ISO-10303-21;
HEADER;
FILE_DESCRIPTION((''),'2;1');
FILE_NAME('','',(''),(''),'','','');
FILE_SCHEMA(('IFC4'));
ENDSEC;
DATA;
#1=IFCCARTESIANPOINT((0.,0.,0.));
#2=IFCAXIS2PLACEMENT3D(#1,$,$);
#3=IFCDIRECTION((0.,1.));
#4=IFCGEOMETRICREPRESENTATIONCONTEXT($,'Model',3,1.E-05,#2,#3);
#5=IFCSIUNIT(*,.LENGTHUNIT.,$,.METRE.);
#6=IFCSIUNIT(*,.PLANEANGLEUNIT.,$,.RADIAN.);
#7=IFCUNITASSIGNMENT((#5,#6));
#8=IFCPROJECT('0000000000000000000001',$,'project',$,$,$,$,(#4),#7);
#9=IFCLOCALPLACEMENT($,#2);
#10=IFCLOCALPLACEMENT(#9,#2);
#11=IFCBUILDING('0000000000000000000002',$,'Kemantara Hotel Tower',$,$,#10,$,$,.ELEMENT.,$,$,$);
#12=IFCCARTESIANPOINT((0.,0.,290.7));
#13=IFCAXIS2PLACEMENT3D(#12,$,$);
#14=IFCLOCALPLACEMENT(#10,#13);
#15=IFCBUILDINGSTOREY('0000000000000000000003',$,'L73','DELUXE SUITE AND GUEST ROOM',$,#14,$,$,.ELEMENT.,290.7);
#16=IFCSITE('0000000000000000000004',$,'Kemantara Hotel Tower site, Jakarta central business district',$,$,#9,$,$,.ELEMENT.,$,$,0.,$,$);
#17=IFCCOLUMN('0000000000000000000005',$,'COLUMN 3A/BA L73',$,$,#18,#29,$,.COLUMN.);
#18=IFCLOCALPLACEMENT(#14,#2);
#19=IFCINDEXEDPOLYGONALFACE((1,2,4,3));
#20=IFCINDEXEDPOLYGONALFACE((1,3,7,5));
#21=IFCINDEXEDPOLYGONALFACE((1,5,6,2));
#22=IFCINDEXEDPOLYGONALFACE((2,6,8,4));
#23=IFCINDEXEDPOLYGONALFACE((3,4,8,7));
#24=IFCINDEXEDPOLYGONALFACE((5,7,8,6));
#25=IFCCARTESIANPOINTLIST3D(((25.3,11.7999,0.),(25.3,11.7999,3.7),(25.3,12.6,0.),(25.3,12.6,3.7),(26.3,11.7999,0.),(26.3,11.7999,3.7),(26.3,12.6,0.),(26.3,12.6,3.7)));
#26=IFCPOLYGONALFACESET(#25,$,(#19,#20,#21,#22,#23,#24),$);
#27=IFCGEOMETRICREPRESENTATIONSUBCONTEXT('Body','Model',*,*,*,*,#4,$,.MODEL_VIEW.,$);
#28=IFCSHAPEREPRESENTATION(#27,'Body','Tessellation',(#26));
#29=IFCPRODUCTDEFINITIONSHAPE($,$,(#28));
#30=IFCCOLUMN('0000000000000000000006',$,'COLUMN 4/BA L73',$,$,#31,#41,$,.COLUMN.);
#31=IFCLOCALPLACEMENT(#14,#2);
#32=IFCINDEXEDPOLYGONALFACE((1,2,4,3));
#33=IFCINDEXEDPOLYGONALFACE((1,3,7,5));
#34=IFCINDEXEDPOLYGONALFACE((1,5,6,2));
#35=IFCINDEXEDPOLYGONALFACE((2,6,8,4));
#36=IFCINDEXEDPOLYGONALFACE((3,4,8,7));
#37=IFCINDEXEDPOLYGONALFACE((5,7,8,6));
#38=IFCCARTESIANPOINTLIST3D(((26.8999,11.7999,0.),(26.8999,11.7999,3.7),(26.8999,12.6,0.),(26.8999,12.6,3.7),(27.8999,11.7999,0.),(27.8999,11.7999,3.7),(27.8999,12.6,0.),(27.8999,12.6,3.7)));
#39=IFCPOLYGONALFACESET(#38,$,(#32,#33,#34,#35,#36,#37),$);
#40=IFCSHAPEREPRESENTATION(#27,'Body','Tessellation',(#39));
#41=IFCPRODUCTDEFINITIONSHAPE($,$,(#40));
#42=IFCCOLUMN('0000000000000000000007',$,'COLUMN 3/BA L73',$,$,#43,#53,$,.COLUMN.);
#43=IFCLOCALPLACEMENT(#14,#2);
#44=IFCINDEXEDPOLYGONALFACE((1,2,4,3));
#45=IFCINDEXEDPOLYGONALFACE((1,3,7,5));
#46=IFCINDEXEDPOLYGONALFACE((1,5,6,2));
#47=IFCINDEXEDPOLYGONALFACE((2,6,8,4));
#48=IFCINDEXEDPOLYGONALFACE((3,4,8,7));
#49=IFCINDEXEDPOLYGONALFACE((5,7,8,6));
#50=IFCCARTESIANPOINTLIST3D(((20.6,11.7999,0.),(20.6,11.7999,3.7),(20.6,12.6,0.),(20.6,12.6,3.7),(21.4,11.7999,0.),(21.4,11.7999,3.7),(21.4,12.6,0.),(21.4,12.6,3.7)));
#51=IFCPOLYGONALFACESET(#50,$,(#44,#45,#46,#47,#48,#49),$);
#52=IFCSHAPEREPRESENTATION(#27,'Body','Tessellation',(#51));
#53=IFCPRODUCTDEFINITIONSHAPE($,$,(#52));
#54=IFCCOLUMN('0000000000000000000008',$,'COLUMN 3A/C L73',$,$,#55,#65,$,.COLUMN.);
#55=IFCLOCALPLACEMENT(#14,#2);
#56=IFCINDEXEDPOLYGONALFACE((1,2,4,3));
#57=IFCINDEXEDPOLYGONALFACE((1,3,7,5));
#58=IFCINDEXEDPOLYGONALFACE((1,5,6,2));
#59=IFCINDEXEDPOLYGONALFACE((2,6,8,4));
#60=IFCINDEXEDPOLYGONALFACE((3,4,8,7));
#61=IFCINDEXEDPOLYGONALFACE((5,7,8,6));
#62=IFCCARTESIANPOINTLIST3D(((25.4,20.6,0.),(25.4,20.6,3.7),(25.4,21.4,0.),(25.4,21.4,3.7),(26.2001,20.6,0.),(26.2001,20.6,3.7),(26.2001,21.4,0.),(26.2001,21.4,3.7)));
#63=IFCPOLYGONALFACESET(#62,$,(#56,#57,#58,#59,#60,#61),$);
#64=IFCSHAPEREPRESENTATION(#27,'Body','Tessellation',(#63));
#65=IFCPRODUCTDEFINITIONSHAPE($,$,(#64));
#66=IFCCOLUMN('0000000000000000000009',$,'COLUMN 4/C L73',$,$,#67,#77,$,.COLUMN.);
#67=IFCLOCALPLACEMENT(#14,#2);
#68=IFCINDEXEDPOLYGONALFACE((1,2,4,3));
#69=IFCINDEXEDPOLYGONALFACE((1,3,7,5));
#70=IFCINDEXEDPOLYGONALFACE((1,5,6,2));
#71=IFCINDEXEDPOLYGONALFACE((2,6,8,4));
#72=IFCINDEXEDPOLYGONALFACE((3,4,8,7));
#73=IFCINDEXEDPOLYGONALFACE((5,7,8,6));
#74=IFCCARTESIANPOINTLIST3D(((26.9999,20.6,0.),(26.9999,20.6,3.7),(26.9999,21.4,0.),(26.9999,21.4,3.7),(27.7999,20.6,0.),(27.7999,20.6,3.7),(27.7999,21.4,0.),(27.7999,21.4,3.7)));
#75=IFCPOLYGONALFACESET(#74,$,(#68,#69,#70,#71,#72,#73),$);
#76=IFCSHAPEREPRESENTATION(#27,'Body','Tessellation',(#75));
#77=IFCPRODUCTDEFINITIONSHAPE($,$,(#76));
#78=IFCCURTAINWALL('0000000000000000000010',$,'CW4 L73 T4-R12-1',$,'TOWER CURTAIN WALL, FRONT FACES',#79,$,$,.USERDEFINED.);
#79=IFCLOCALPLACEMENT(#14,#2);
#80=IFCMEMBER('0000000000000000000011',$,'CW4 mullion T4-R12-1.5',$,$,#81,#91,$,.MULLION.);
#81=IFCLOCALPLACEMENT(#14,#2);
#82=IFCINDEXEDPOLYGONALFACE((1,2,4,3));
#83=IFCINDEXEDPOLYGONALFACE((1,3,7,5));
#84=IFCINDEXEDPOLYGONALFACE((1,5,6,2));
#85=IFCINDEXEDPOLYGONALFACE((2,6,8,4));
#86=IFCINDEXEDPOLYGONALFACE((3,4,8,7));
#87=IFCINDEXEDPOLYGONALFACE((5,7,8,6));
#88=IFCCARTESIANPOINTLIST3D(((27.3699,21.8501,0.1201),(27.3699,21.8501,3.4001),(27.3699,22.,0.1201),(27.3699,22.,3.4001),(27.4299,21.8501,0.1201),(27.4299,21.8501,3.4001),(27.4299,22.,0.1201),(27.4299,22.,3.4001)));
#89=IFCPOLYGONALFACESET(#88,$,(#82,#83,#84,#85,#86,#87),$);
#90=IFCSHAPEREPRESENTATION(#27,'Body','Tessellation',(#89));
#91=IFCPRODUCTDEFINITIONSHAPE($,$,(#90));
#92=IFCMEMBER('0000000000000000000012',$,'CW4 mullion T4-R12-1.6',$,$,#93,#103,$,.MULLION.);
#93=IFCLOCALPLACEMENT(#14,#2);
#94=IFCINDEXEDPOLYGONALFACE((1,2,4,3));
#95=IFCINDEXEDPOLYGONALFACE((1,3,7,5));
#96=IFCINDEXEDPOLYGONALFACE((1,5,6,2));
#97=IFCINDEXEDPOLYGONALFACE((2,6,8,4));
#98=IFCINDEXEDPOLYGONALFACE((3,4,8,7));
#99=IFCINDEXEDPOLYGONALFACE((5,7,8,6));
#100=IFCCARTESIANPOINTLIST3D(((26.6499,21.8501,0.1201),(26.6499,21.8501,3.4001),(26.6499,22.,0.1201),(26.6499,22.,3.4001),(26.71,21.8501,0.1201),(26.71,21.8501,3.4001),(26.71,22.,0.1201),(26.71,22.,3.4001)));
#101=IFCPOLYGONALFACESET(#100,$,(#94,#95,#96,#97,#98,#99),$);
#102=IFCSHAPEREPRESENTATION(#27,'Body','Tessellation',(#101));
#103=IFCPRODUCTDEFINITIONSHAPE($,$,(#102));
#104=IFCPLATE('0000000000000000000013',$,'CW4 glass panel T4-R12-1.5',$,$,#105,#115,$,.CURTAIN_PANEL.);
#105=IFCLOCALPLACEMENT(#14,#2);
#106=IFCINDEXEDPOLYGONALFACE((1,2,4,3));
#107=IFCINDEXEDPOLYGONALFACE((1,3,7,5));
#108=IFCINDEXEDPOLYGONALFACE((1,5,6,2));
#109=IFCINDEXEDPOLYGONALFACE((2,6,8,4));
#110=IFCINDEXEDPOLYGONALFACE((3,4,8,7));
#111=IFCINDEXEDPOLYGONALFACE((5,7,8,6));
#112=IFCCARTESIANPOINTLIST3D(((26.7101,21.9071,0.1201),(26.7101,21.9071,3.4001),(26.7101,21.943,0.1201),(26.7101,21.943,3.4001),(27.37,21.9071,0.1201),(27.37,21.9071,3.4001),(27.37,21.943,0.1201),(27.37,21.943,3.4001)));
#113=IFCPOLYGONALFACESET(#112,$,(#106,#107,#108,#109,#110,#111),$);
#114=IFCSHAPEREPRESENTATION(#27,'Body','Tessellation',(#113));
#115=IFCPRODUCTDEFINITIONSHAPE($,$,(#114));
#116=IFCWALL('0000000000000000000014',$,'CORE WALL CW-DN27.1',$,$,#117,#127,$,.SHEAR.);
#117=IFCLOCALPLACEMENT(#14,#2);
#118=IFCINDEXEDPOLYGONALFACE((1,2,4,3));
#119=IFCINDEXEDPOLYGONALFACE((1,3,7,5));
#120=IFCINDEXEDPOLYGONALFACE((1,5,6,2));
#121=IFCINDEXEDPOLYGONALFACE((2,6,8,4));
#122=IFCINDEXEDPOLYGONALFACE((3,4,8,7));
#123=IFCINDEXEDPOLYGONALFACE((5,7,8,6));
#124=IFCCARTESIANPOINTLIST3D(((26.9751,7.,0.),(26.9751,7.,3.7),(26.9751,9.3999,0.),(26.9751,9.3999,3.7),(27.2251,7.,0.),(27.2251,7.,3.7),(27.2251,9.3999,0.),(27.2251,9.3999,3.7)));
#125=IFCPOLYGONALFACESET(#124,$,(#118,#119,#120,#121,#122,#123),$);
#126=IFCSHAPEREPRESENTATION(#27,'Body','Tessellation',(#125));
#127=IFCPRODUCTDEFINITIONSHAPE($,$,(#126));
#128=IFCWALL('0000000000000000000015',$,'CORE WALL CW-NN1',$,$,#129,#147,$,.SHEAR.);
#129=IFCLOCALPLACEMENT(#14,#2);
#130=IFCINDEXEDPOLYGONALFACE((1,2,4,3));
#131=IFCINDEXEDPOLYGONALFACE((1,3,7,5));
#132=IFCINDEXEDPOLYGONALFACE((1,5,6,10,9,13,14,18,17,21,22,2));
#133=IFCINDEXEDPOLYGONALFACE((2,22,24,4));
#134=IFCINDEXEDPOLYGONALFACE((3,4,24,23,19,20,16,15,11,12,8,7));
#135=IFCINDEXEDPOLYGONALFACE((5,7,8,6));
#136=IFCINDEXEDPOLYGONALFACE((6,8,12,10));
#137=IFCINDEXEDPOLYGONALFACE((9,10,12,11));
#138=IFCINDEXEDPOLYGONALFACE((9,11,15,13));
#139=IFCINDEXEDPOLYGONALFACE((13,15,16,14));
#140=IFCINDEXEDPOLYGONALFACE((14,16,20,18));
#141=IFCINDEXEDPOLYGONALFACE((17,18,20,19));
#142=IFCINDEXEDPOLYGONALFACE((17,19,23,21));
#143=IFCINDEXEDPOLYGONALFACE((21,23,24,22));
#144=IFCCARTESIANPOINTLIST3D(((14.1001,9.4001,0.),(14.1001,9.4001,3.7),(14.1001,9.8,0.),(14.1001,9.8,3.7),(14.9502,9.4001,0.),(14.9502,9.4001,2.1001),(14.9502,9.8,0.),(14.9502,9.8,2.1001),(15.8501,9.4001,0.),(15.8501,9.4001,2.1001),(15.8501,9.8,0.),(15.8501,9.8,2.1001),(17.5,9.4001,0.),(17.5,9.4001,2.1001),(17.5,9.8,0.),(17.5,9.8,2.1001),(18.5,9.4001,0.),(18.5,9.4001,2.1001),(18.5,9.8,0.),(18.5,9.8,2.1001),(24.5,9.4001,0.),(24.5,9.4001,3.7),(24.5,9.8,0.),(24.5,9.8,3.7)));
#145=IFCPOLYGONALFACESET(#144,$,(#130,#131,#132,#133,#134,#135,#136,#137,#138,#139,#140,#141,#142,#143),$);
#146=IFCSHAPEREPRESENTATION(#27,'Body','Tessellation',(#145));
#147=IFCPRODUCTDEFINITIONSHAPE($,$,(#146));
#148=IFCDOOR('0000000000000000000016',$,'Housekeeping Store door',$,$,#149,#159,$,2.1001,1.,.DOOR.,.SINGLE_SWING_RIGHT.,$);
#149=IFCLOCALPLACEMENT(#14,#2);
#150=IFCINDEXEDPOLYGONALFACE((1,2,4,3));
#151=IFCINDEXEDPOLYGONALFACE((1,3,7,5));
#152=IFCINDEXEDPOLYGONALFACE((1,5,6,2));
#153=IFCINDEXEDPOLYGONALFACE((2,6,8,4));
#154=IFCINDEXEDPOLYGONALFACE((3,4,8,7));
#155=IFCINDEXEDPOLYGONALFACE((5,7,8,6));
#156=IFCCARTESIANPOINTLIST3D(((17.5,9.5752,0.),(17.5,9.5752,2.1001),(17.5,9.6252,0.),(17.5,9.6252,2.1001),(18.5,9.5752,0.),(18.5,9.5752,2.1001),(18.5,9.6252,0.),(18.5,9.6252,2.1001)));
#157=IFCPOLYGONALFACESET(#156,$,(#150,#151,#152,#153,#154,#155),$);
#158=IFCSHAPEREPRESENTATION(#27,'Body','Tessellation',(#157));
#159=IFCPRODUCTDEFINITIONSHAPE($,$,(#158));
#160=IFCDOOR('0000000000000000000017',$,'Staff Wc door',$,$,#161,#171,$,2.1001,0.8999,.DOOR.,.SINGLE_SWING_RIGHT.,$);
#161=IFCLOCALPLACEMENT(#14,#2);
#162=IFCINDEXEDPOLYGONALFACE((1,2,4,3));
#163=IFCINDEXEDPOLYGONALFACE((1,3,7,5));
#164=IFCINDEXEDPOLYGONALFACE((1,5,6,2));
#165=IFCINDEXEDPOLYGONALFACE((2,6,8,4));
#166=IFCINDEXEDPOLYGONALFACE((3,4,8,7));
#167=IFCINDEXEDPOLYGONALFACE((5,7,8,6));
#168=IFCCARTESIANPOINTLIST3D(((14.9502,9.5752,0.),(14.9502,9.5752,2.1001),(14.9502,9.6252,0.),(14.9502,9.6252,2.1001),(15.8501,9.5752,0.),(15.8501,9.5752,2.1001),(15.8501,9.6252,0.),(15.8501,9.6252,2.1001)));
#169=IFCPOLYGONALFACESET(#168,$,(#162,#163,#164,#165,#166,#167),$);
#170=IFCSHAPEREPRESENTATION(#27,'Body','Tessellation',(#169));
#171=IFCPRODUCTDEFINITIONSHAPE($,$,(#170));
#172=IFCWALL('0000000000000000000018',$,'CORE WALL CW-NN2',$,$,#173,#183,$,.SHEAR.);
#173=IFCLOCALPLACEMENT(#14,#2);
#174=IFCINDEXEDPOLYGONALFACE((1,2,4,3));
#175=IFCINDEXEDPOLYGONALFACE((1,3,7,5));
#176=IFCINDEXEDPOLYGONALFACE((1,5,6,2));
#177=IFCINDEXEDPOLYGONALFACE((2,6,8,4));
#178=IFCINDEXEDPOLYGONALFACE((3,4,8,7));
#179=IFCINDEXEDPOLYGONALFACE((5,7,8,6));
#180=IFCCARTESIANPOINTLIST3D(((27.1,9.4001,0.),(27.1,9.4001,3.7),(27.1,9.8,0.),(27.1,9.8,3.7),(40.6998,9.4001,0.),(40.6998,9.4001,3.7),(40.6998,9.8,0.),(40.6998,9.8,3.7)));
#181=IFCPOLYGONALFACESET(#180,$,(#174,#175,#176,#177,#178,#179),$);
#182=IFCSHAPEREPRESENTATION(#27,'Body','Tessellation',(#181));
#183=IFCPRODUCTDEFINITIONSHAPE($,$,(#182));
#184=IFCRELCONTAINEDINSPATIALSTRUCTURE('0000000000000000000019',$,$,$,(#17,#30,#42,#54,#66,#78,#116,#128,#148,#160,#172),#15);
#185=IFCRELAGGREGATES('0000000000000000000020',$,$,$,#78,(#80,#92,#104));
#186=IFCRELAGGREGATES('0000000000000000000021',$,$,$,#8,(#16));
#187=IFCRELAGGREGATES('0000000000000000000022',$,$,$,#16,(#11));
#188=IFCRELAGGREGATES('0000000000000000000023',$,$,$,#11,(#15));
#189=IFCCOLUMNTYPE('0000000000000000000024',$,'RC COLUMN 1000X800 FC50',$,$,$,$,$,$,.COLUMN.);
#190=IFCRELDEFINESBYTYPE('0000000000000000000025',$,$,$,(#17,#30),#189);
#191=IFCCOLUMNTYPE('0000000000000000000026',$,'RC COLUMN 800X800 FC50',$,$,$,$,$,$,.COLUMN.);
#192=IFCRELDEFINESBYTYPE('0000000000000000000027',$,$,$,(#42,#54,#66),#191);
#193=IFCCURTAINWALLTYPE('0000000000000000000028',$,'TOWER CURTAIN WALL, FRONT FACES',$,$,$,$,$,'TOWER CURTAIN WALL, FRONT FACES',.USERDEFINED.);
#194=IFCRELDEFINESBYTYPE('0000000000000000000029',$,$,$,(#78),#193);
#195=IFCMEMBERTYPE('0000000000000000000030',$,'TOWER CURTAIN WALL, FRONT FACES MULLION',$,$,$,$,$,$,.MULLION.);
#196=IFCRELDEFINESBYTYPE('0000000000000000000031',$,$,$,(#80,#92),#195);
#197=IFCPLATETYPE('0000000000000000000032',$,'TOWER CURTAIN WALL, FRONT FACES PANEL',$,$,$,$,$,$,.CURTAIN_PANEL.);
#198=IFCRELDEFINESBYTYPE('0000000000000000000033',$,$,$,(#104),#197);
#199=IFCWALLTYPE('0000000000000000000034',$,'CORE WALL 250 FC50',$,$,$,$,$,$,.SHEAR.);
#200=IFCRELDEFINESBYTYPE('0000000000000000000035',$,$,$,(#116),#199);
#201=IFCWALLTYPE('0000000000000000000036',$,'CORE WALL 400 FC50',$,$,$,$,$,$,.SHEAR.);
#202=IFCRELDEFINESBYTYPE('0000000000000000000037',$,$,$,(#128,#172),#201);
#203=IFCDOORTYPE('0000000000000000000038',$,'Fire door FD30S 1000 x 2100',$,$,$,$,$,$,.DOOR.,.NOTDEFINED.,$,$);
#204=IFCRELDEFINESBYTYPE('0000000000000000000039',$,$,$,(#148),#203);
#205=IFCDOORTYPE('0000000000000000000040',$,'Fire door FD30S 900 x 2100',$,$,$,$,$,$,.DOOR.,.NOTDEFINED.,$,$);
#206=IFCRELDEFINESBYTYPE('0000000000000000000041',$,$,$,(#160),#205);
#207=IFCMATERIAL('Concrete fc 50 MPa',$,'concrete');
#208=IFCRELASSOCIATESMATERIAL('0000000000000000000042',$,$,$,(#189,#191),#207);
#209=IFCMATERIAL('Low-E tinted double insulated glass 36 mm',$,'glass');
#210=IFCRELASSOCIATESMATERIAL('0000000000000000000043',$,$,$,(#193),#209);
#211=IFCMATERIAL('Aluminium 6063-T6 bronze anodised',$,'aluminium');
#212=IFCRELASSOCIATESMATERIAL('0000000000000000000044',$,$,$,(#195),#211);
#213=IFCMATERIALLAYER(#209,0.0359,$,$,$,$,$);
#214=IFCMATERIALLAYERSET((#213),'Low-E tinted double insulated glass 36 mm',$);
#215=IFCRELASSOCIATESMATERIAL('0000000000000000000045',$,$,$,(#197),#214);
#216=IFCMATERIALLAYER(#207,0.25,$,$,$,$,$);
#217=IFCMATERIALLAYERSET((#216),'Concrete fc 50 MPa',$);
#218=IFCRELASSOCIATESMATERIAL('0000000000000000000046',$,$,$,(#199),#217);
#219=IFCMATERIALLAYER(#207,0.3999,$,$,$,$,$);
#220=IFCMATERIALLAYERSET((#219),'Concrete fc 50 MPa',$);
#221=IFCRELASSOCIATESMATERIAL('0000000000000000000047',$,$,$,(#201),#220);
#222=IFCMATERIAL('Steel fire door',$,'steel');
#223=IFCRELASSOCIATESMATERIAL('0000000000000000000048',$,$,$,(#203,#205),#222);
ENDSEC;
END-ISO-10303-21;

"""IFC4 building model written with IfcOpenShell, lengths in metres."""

from ifc_helpers import new_model, si_unit, direction, frame, frame_2d, origin, origin_2d, place, context, subcontext, project, spatial, rectangle, extrude, source, transform, mapped, material, layer, layer_set, material_profile, profile_set, type_object, element, fill, aggregate, save


model = new_model("IFC4")

# Units and contexts
model_context = context("Model", 3, precision=1e-05, world=origin(), true_north=direction((0.0, 1.0)))
body_context = subcontext(model_context, "Body", "Model", "MODEL_VIEW")
ifc_project = project(units=[si_unit("LENGTHUNIT", "METRE"), si_unit("PLANEANGLEUNIT", "RADIAN")], contexts=[model_context])

# Site, building, storey
site_placement = place(None, origin())
site = spatial("IfcSite", under=ifc_project, at=site_placement, Name="Kemantara Hotel Tower site, Jakarta central business district", CompositionType="ELEMENT", RefElevation=0.0)
building_placement = place(site_placement, origin())
building = spatial("IfcBuilding", under=site, at=building_placement, Name="Kemantara Hotel Tower", CompositionType="ELEMENT")
storey_placement = place(building_placement, frame((0.0, 0.0, 290.7)))
storey = spatial("IfcBuildingStorey", under=building, at=storey_placement, Name="L73", Description="DELUXE SUITE AND GUEST ROOM", CompositionType="ELEMENT", Elevation=290.7)

# Columns
ifc_material_1 = material(Name="Concrete fc 50 MPa", Category="concrete")
ifc_material_profile_1 = material_profile(ifc_material_1, rectangle(XDim=1.0, YDim=0.8, at=origin_2d()), Name="RC 1000X800")
ifc_profile_set_1 = profile_set([ifc_material_profile_1], Name="Concrete fc 50 MPa")
column_type_1 = type_object("IfcColumnType", Name="RC COLUMN 1000X800 FC50", PredefinedType="COLUMN", material=ifc_profile_set_1)
for number, where, z_axis, x_axis, name in (
    (1, (25.8, 12.2, 0.0), (0.0, 0.0, 1.0), (1.0, 0.0, 0.0), "COLUMN 3A/BA L73"),
    (2, (27.3999, 12.2, 0.0), (0.0, 0.0, 1.0), (1.0, 0.0, 0.0), "COLUMN 4/BA L73"),
):
    element("IfcColumn", number, at=place(storey_placement, frame(where, z_axis=z_axis, x_axis=x_axis)), inside=storey, type_object=column_type_1, Name=name, PredefinedType="COLUMN", context=body_context, shape_type="SweptSolid", body=[
        extrude(rectangle(XDim=1.0, YDim=0.8, at=origin_2d()), origin(), (0.0, 0.0, 1.0), 3.7),
    ])
ifc_material_profile_2 = material_profile(ifc_material_1, rectangle(XDim=0.8, YDim=0.8, at=origin_2d()), Name="RC 800X800")
ifc_profile_set_2 = profile_set([ifc_material_profile_2], Name="Concrete fc 50 MPa")
column_type_2 = type_object("IfcColumnType", Name="RC COLUMN 800X800 FC50", PredefinedType="COLUMN", material=ifc_profile_set_2)
for number, where, z_axis, x_axis, name in (
    (3, (21.0, 12.2, 0.0), (0.0, 0.0, 1.0), (1.0, 0.0, 0.0), "COLUMN 3/BA L73"),
    (4, (25.8, 21.0, 0.0), (0.0, 0.0, 1.0), (1.0, 0.0, 0.0), "COLUMN 3A/C L73"),
    (5, (27.3999, 21.0, 0.0), (0.0, 0.0, 1.0), (1.0, 0.0, 0.0), "COLUMN 4/C L73"),
):
    element("IfcColumn", number, at=place(storey_placement, frame(where, z_axis=z_axis, x_axis=x_axis)), inside=storey, type_object=column_type_2, Name=name, PredefinedType="COLUMN", context=body_context, shape_type="SweptSolid", body=[
        extrude(rectangle(XDim=0.8, YDim=0.8, at=origin_2d()), origin(), (0.0, 0.0, 1.0), 3.7),
    ])

# Curtain wall, members, plate
ifc_material_2 = material(Name="Low-E tinted double insulated glass 36 mm", Category="glass")
curtain_wall_type = type_object("IfcCurtainWallType", Name="TOWER CURTAIN WALL, FRONT FACES", ElementType="TOWER CURTAIN WALL, FRONT FACES", PredefinedType="USERDEFINED", material=ifc_material_2)
curtain_wall_placement = place(storey_placement, origin())
curtain_wall = element("IfcCurtainWall", 6, at=curtain_wall_placement, inside=storey, type_object=curtain_wall_type, Name="CW4 L73 T4-R12-1", ObjectType="TOWER CURTAIN WALL, FRONT FACES", PredefinedType="USERDEFINED")
ifc_material_3 = material(Name="Aluminium 6063-T6 bronze anodised", Category="aluminium")
ifc_material_profile_3 = material_profile(ifc_material_3, rectangle(XDim=0.1499, YDim=0.0601, at=origin_2d()), Name="TOWER CURTAIN WALL, FRONT FACES MULLION")
ifc_profile_set_3 = profile_set([ifc_material_profile_3], Name="Aluminium 6063-T6 bronze anodised")
member_type = type_object("IfcMemberType", Name="TOWER CURTAIN WALL, FRONT FACES MULLION", PredefinedType="MULLION", material=ifc_profile_set_3)
shared_shape_1 = source(origin(), body_context, "Body", "SweptSolid", [
    extrude(rectangle(XDim=0.1499, YDim=0.0601, at=origin_2d()), origin(), (0.0, 0.0, 1.0), 3.28),
])
member_1_placement = place(storey_placement, frame((27.3999, 21.925, 0.1201), z_axis=(0.0, 0.0, 1.0), x_axis=(0.0, -1.0, 0.0)))
member_1 = element("IfcMember", 7, at=member_1_placement, type_object=member_type, Name="CW4 mullion T4-R12-1.5", PredefinedType="MULLION", context=body_context, shape_type="MappedRepresentation", body=[
    mapped(shared_shape_1, transform((0.0, 0.0, 0.0))),
])
member_2_placement = place(storey_placement, frame((26.6799, 21.925, 0.1201), z_axis=(0.0, 0.0, 1.0), x_axis=(0.0, -1.0, 0.0)))
member_2 = element("IfcMember", 8, at=member_2_placement, type_object=member_type, Name="CW4 mullion T4-R12-1.6", PredefinedType="MULLION", context=body_context, shape_type="MappedRepresentation", body=[
    mapped(shared_shape_1, transform((0.0, 0.0, 0.0))),
])
ifc_layer_1 = layer(ifc_material_2, 0.0359)
ifc_layer_set_1 = layer_set([ifc_layer_1], Name="Low-E tinted double insulated glass 36 mm")
plate_type = type_object("IfcPlateType", Name="TOWER CURTAIN WALL, FRONT FACES PANEL", PredefinedType="CURTAIN_PANEL", material=ifc_layer_set_1)
shared_shape_2 = source(origin(), body_context, "Body", "SweptSolid", [
    extrude(rectangle(XDim=0.6599, YDim=0.0359, at=origin_2d()), origin(), (0.0, 0.0, 1.0), 3.28),
])
plate_placement = place(storey_placement, frame((27.04, 21.925, 0.1201), z_axis=(0.0, 0.0, 1.0), x_axis=(-1.0, 0.0, 0.0)))
plate = element("IfcPlate", 9, at=plate_placement, type_object=plate_type, Name="CW4 glass panel T4-R12-1.5", PredefinedType="CURTAIN_PANEL", context=body_context, shape_type="MappedRepresentation", body=[
    mapped(shared_shape_2, transform((0.0, 0.0, 0.0))),
])
aggregate(curtain_wall, [member_1, member_2, plate])

# Wall
ifc_layer_2 = layer(ifc_material_1, 0.25)
ifc_layer_set_2 = layer_set([ifc_layer_2], Name="Concrete fc 50 MPa")
wall_type_1 = type_object("IfcWallType", Name="CORE WALL 250 FC50", PredefinedType="SHEAR", material=ifc_layer_set_2)
wall_1_placement = place(storey_placement, frame((27.1001, 7.0, 0.0), z_axis=(0.0, 0.0, 1.0), x_axis=(0.0, 1.0, 0.0)))
element("IfcWall", 10, at=wall_1_placement, inside=storey, type_object=wall_type_1, Name="CORE WALL CW-DN27.1", PredefinedType="SHEAR", context=body_context, shape_type="SweptSolid", body=[
    extrude(rectangle(XDim=2.3999, YDim=0.25, at=frame_2d((1.2, 0.0))), origin(), (0.0, 0.0, 1.0), 3.7),
])

# Wall, openings, doors
ifc_layer_3 = layer(ifc_material_1, 0.3999)
ifc_layer_set_3 = layer_set([ifc_layer_3], Name="Concrete fc 50 MPa")
wall_type_2 = type_object("IfcWallType", Name="CORE WALL 400 FC50", PredefinedType="SHEAR", material=ifc_layer_set_3)
wall_2_placement = place(storey_placement, frame((14.1001, 9.6001, 0.0), z_axis=(0.0, 0.0, 1.0), x_axis=(1.0, 0.0, 0.0)))
wall_2 = element("IfcWall", 11, at=wall_2_placement, inside=storey, type_object=wall_type_2, Name="CORE WALL CW-NN1", PredefinedType="SHEAR", context=body_context, shape_type="SweptSolid", body=[
    extrude(rectangle(XDim=10.3999, YDim=0.3999, at=frame_2d((5.2, 0.0))), origin(), (0.0, 0.0, 1.0), 3.7),
])
opening_1_placement = place(wall_2_placement, frame((0.8501, 0.0, 0.0)))
opening_1 = element("IfcOpeningElement", 12, at=opening_1_placement, cuts=wall_2, PredefinedType="OPENING", context=body_context, shape_type="SweptSolid", body=[
    extrude(rectangle(XDim=0.8999, YDim=2.1001, at=frame_2d((0.45, 1.05))), frame((0.0, 0.21, 0.0), z_axis=(0.0, -1.0, 0.0), x_axis=(1.0, 0.0, 0.0)), (0.0, 0.0, 1.0), 0.4199),
])
opening_2_placement = place(wall_2_placement, frame((3.3999, 0.0, 0.0)))
opening_2 = element("IfcOpeningElement", 13, at=opening_2_placement, cuts=wall_2, PredefinedType="OPENING", context=body_context, shape_type="SweptSolid", body=[
    extrude(rectangle(XDim=1.0, YDim=2.1001, at=frame_2d((0.5, 1.05))), frame((0.0, 0.21, 0.0), z_axis=(0.0, -1.0, 0.0), x_axis=(1.0, 0.0, 0.0)), (0.0, 0.0, 1.0), 0.4199),
])
ifc_material_4 = material(Name="Steel fire door", Category="steel")
door_type_1 = type_object("IfcDoorType", Name="Fire door FD30S 1000 x 2100", OperationType="NOTDEFINED", PredefinedType="DOOR", material=ifc_material_4)
door_1_placement = place(opening_2_placement, frame((1.0, 0.0, 0.0), z_axis=(0.0, 0.0, 1.0), x_axis=(-1.0, 0.0, 0.0)))
door_1 = element("IfcDoor", 14, at=door_1_placement, inside=storey, type_object=door_type_1, Name="Housekeeping Store door", OperationType="SINGLE_SWING_RIGHT", OverallHeight=2.1001, OverallWidth=1.0, PredefinedType="DOOR", context=body_context, shape_type="SweptSolid", body=[
    extrude(rectangle(XDim=1.0, YDim=2.1001, at=frame_2d((0.5, 1.05))), frame((0.0, 0.0249, 0.0), z_axis=(0.0, -1.0, 0.0), x_axis=(1.0, 0.0, 0.0)), (0.0, 0.0, 1.0), 0.05),
])
fill(opening_2, door_1)
door_type_2 = type_object("IfcDoorType", Name="Fire door FD30S 900 x 2100", OperationType="NOTDEFINED", PredefinedType="DOOR", material=ifc_material_4)
door_2_placement = place(opening_1_placement, frame((0.8999, 0.0, 0.0), z_axis=(0.0, 0.0, 1.0), x_axis=(-1.0, 0.0, 0.0)))
door_2 = element("IfcDoor", 15, at=door_2_placement, inside=storey, type_object=door_type_2, Name="Staff Wc door", OperationType="SINGLE_SWING_RIGHT", OverallHeight=2.1001, OverallWidth=0.8999, PredefinedType="DOOR", context=body_context, shape_type="SweptSolid", body=[
    extrude(rectangle(XDim=0.8999, YDim=2.1001, at=frame_2d((0.45, 1.05))), frame((0.0, 0.0249, 0.0), z_axis=(0.0, -1.0, 0.0), x_axis=(1.0, 0.0, 0.0)), (0.0, 0.0, 1.0), 0.05),
])
fill(opening_1, door_2)

# Wall
wall_3_placement = place(storey_placement, frame((27.1001, 9.6001, 0.0), z_axis=(0.0, 0.0, 1.0), x_axis=(1.0, 0.0, 0.0)))
element("IfcWall", 16, at=wall_3_placement, inside=storey, type_object=wall_type_2, Name="CORE WALL CW-NN2", PredefinedType="SHEAR", context=body_context, shape_type="SweptSolid", body=[
    extrude(rectangle(XDim=13.5999, YDim=0.3999, at=frame_2d((6.7998, 0.0))), origin(), (0.0, 0.0, 1.0), 3.7),
])

save(model, "model.ifc")
